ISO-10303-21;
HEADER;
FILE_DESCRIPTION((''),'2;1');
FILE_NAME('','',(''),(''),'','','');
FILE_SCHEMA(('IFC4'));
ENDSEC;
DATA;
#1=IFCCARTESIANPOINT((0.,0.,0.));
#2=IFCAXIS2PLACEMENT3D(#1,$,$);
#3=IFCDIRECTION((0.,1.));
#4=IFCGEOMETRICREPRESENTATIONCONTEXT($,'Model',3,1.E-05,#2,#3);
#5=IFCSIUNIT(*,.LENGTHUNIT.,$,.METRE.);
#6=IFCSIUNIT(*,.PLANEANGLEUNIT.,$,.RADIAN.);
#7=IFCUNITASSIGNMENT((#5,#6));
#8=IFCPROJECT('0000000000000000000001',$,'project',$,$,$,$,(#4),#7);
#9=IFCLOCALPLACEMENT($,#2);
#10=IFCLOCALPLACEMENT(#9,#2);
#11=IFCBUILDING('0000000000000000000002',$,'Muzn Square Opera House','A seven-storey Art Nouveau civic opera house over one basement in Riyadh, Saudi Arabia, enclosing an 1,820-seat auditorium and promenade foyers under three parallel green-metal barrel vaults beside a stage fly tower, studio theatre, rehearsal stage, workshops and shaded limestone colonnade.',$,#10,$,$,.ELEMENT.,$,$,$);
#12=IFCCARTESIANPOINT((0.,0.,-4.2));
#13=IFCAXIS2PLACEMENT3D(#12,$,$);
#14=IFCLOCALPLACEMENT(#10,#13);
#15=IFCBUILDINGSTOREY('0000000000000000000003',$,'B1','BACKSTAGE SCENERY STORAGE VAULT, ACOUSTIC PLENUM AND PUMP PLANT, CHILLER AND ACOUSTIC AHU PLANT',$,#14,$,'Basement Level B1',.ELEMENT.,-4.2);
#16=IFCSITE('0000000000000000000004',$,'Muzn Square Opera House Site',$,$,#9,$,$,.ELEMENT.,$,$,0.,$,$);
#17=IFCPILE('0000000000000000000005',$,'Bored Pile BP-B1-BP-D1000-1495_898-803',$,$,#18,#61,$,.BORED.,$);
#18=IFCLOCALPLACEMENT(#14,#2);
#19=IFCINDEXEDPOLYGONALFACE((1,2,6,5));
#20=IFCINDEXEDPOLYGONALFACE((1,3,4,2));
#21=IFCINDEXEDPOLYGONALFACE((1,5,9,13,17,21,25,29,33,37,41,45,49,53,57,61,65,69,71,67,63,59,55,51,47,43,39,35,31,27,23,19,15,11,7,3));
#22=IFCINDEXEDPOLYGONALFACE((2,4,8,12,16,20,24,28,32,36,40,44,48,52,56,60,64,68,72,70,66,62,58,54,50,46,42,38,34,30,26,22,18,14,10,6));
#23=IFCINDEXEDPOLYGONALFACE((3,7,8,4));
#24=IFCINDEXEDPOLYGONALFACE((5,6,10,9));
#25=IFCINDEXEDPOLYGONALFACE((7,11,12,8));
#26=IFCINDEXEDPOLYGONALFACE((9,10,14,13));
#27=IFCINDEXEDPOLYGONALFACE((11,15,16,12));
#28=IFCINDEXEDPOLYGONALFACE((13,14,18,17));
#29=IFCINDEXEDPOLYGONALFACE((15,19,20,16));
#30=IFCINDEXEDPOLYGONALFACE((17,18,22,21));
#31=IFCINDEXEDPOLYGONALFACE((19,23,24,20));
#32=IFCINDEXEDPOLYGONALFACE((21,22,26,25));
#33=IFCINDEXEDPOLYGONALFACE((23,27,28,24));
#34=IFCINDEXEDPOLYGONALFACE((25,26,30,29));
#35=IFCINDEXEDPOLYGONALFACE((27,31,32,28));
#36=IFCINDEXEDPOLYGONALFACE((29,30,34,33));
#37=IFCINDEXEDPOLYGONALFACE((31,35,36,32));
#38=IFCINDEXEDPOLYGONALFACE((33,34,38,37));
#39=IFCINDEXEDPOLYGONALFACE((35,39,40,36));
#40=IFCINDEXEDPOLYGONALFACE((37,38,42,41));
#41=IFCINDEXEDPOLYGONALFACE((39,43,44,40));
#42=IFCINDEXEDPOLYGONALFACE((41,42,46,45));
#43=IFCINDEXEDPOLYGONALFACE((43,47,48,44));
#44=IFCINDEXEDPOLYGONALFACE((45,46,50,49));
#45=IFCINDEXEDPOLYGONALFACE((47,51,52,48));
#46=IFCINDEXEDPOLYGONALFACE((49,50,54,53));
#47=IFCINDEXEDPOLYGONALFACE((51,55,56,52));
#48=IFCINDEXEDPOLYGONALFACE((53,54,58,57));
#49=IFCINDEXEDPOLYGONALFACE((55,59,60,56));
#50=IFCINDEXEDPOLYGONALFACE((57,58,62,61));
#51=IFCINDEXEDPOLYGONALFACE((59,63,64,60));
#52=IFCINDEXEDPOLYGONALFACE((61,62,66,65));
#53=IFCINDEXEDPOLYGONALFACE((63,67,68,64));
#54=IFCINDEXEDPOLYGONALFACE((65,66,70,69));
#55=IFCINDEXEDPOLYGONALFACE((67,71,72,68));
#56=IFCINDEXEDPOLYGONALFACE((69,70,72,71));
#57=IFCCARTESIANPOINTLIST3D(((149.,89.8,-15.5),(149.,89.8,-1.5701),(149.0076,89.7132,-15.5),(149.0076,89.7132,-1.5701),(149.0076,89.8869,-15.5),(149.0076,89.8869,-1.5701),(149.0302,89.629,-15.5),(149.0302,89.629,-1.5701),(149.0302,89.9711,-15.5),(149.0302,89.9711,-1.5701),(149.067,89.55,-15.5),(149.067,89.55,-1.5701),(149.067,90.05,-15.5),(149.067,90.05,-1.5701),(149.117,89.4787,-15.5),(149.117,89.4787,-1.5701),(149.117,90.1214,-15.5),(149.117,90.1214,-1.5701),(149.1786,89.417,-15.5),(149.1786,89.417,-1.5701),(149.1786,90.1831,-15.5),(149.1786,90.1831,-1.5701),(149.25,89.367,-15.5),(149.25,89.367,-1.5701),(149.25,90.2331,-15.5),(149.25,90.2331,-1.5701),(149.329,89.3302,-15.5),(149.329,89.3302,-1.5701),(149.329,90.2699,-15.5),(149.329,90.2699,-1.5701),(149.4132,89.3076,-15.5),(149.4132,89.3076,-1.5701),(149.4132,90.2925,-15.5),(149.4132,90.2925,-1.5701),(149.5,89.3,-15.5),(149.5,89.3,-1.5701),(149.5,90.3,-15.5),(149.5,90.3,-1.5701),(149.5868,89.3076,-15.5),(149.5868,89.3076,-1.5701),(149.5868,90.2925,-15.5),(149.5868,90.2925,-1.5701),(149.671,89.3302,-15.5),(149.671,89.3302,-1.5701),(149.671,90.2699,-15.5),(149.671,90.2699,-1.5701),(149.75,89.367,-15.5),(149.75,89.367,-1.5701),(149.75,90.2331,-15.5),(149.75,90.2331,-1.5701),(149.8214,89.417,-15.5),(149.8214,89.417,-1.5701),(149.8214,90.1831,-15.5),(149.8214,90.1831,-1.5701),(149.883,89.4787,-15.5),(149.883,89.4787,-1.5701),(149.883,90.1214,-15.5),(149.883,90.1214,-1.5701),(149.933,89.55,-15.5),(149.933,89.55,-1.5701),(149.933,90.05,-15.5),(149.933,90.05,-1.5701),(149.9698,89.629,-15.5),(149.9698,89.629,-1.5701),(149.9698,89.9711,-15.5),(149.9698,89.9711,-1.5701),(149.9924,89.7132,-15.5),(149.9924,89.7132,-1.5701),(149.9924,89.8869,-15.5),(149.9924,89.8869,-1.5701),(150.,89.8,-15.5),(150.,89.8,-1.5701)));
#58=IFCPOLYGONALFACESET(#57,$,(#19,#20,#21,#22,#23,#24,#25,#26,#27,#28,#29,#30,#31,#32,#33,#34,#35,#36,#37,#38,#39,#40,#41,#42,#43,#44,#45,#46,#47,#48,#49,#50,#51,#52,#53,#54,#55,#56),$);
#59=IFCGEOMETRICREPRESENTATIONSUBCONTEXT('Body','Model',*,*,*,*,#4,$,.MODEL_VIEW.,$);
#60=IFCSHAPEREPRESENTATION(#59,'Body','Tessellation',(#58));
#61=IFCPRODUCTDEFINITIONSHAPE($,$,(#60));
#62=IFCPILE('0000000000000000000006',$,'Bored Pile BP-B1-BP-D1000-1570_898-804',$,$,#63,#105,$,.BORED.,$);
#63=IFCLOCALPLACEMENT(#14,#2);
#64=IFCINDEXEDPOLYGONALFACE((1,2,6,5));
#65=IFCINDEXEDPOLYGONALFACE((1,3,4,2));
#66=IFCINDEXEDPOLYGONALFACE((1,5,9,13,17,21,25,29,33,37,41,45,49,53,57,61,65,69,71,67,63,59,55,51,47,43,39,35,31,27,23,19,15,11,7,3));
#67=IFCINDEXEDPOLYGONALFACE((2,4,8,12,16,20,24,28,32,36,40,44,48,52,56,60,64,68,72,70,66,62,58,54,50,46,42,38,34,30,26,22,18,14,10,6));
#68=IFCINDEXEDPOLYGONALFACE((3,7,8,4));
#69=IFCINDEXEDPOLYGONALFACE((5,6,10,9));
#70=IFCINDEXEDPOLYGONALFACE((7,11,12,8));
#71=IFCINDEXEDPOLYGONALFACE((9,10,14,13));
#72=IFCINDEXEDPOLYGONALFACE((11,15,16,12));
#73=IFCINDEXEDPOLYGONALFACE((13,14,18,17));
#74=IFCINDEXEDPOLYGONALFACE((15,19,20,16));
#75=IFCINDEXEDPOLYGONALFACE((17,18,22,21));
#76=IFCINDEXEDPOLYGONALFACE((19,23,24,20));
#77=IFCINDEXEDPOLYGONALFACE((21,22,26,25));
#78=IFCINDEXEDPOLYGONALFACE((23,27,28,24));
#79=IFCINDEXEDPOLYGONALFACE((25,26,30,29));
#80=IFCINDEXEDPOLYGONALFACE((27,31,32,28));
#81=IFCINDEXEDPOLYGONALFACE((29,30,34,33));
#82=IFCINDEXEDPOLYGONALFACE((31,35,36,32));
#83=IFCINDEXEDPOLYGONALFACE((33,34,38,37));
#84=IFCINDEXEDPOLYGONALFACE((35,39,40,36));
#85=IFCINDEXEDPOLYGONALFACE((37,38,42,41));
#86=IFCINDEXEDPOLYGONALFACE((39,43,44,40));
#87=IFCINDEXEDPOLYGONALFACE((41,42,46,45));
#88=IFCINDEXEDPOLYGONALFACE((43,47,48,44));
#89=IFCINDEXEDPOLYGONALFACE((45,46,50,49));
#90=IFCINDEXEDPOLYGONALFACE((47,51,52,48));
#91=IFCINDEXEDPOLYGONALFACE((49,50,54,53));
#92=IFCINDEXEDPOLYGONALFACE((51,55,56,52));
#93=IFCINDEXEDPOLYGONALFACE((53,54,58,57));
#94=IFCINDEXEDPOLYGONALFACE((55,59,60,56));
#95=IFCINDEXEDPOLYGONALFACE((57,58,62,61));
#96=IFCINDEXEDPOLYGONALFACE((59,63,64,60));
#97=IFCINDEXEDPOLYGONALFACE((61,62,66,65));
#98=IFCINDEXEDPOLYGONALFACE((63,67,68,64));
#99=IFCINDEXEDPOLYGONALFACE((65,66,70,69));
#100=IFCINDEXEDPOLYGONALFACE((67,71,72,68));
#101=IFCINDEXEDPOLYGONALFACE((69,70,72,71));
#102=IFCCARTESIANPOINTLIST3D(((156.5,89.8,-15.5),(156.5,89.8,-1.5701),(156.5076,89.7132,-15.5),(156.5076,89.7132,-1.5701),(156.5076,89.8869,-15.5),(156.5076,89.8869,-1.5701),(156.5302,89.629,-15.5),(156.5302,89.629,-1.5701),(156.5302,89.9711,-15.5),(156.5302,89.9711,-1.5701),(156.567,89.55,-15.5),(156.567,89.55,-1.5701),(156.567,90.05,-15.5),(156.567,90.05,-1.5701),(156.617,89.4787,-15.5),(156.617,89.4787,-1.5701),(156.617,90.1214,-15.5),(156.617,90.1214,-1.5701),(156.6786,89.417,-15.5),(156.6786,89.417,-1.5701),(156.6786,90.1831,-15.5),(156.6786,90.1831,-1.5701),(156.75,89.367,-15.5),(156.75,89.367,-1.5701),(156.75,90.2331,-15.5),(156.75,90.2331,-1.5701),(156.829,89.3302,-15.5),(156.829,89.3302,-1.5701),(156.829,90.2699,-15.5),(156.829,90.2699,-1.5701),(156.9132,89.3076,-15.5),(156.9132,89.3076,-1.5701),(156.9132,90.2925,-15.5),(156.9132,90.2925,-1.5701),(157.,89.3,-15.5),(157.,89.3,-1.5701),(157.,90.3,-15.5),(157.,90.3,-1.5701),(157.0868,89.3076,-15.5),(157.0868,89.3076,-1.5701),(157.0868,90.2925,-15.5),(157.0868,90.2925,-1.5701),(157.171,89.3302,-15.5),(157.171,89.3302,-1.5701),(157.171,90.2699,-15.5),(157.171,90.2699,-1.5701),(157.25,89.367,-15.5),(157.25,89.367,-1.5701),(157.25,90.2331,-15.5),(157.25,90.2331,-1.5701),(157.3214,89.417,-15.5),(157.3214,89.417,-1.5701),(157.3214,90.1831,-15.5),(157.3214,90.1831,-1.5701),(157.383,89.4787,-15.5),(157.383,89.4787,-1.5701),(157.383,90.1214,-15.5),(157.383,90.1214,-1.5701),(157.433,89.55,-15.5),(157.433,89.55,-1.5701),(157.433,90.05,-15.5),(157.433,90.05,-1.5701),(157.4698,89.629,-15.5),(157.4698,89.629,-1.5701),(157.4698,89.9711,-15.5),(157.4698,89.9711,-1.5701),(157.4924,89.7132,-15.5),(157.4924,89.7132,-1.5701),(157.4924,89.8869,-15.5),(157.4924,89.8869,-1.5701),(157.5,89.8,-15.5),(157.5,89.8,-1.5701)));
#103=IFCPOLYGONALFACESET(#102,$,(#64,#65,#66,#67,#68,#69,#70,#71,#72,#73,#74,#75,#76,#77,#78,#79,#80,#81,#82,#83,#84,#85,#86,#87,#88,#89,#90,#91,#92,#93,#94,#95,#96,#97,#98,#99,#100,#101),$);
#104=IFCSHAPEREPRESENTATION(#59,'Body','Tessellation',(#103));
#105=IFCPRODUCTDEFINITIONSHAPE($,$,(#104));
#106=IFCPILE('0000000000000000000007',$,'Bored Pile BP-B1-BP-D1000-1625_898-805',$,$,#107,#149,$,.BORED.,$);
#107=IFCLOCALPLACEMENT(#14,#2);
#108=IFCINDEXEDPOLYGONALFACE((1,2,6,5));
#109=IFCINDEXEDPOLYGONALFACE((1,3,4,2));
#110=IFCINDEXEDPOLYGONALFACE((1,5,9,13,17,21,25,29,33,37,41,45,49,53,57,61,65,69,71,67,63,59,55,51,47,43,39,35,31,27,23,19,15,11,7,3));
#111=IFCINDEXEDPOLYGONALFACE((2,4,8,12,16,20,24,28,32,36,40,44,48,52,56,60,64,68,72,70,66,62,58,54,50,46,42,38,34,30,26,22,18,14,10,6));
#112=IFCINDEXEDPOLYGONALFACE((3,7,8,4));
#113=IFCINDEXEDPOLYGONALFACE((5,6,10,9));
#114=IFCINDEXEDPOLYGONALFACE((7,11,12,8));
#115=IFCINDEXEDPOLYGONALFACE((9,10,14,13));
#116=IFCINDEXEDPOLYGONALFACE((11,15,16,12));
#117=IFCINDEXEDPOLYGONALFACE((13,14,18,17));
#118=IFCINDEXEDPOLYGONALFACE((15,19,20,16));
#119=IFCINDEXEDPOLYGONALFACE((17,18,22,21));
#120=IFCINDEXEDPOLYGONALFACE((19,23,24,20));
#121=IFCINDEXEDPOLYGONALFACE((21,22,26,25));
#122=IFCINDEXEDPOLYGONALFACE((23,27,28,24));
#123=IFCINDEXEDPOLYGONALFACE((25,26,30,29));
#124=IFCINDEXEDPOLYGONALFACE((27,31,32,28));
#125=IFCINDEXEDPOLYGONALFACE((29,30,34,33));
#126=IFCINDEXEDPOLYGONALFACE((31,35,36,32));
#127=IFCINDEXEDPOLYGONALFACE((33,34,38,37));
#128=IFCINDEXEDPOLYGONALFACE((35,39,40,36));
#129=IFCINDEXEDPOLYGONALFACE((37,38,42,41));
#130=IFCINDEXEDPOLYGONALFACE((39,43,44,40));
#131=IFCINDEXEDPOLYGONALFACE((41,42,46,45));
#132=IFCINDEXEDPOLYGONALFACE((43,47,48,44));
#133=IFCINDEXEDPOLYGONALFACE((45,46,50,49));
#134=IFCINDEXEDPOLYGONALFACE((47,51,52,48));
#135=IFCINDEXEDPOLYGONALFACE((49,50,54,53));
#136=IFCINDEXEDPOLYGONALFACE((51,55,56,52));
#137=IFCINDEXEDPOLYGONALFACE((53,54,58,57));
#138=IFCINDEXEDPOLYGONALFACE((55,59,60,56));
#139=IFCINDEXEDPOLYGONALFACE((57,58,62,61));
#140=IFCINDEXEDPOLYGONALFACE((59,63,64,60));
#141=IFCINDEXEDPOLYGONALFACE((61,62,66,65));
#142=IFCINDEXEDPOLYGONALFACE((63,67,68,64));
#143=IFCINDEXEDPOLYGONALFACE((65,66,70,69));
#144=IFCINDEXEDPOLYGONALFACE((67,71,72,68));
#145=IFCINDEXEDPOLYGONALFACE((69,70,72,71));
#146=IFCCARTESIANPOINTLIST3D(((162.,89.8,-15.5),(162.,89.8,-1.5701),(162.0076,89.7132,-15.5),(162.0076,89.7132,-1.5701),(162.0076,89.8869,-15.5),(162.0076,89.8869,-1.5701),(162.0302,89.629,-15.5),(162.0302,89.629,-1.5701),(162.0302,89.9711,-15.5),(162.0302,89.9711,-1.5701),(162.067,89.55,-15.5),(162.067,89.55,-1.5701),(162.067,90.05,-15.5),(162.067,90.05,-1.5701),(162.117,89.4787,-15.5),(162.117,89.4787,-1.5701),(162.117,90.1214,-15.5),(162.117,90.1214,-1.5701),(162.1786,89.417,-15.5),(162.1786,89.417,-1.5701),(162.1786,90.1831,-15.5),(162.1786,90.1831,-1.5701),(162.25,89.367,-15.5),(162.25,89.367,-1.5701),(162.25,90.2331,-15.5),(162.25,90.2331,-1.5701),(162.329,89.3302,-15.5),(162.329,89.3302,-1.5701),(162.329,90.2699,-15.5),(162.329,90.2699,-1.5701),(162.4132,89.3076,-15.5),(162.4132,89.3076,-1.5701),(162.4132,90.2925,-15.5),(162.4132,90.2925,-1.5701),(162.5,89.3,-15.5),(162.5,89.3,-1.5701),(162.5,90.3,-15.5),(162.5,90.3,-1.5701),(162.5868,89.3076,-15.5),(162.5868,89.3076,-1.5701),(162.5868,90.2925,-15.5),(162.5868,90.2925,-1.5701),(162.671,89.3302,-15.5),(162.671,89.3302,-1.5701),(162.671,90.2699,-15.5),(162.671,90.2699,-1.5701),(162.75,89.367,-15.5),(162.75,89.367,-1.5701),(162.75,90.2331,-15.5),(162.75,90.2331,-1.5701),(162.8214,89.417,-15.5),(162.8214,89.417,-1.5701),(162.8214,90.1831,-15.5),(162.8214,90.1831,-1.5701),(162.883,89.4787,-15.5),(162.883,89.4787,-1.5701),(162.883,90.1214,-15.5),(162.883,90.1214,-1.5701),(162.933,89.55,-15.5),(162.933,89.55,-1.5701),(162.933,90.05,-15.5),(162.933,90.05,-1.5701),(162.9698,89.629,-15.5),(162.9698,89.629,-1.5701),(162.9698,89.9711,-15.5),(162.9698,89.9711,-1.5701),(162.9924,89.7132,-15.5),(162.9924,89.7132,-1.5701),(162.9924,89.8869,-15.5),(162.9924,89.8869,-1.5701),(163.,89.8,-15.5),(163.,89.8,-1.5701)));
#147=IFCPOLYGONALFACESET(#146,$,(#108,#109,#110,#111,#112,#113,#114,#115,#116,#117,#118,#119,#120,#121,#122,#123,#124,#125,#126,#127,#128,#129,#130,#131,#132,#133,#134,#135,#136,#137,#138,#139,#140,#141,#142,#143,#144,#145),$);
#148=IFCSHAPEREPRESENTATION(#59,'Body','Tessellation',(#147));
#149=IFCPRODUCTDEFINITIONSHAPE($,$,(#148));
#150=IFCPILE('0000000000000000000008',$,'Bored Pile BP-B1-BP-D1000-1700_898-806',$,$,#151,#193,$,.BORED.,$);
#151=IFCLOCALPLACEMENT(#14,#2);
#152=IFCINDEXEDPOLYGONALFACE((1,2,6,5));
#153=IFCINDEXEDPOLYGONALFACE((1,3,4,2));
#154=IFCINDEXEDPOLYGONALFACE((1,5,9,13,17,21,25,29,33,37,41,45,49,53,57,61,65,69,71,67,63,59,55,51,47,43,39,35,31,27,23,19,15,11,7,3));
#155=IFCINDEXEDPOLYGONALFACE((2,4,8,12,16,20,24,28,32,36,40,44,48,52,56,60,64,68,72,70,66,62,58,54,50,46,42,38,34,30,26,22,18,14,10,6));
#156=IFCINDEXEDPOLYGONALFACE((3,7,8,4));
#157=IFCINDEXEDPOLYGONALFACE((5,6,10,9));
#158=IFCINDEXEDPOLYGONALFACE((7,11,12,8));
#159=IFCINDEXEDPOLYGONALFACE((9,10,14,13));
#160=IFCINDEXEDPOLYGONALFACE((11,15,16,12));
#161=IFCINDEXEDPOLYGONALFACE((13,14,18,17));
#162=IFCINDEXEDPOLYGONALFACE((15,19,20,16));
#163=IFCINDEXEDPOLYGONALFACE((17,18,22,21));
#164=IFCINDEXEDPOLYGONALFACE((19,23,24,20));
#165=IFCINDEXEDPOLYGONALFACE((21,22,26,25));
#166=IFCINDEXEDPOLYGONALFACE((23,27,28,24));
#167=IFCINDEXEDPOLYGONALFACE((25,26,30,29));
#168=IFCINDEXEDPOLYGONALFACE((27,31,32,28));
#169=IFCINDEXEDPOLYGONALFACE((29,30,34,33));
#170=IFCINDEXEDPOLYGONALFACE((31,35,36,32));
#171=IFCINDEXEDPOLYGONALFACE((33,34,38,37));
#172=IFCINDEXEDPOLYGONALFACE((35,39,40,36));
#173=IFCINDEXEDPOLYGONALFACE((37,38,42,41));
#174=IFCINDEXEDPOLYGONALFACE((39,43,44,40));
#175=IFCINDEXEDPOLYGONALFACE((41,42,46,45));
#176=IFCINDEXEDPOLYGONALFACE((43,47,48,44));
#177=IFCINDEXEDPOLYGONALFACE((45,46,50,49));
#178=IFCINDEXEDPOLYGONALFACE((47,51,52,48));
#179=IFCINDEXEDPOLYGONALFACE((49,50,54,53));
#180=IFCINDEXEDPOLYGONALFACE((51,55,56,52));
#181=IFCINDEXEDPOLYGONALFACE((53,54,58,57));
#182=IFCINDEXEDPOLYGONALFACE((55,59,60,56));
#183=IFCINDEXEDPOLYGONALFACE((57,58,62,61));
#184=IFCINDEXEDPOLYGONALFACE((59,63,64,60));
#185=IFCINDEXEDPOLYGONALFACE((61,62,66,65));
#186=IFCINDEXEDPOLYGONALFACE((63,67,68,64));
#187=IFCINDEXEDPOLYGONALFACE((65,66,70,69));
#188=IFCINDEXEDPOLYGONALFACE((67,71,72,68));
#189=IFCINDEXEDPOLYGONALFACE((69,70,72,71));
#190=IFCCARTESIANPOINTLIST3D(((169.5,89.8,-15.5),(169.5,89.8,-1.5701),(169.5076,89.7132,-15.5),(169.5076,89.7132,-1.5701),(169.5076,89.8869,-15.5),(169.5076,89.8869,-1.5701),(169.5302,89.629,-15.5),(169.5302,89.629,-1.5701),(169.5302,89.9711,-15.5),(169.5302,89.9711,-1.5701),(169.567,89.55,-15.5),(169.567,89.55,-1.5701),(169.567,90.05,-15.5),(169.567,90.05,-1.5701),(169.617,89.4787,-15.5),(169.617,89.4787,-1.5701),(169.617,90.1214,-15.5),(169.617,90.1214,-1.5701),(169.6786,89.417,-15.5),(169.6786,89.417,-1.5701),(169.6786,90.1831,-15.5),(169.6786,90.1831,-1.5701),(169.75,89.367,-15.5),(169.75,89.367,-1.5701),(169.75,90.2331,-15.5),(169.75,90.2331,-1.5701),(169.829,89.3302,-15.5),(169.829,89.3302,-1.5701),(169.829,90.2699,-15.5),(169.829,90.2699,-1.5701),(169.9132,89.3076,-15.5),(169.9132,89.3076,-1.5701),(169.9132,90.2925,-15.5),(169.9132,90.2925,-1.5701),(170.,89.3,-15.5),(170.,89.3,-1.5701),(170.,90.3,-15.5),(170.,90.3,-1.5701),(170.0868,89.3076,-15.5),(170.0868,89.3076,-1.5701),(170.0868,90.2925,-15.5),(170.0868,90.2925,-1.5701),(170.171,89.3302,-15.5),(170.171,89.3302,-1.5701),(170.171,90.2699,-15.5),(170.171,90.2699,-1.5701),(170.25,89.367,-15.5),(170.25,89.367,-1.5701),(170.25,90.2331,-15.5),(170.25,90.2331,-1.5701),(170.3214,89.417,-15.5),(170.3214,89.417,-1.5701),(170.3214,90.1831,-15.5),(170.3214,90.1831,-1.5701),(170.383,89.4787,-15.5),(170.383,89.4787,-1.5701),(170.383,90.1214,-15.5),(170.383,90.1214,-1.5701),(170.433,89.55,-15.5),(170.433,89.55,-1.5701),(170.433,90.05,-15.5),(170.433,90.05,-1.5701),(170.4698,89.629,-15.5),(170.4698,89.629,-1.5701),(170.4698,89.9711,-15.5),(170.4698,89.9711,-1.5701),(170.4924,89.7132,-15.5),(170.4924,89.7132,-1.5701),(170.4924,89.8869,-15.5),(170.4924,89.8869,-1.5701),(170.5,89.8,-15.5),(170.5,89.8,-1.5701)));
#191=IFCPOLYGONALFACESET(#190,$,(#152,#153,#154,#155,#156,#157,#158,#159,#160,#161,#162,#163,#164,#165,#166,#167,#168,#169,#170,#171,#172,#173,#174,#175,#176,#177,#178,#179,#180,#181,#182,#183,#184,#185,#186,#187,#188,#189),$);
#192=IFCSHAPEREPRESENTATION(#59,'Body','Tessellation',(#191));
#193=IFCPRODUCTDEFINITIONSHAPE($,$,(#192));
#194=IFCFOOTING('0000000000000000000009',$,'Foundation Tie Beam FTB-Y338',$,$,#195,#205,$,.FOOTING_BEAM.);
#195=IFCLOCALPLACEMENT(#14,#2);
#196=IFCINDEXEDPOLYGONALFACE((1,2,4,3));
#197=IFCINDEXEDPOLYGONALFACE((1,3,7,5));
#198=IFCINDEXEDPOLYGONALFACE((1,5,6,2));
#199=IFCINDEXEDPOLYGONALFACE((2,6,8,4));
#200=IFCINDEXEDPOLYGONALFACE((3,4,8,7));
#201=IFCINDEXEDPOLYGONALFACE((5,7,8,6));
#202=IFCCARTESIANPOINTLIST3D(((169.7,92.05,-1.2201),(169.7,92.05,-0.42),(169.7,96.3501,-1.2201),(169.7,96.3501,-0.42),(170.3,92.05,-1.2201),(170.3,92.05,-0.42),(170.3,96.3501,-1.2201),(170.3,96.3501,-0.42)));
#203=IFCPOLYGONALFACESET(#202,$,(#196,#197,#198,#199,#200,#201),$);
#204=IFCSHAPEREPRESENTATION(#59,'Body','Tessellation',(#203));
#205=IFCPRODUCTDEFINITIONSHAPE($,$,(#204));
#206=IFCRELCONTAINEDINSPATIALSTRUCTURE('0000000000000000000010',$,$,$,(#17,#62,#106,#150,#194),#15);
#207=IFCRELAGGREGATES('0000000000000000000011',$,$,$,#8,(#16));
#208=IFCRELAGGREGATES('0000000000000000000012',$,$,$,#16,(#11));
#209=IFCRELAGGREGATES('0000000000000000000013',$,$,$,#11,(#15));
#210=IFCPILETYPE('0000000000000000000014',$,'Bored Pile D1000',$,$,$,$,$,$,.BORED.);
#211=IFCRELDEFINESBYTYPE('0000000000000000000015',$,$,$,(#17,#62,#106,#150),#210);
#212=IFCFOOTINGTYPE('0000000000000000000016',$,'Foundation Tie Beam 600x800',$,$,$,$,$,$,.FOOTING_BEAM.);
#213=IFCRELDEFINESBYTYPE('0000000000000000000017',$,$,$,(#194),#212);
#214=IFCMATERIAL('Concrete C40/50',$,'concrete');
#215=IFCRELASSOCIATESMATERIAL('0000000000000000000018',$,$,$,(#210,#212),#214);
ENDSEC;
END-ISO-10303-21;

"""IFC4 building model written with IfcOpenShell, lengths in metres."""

from ifc_helpers import new_model, si_unit, direction, frame, origin, origin_2d, place, context, subcontext, project, spatial, rectangle, circle, extrude, material, material_profile, profile_set, type_object, element, save


model = new_model("IFC4")

# Units and contexts
model_context = context("Model", 3, precision=1e-05, world=origin(), true_north=direction((0.0, 1.0)))
body_context = subcontext(model_context, "Body", "Model", "MODEL_VIEW")
ifc_project = project(units=[si_unit("LENGTHUNIT", "METRE"), si_unit("PLANEANGLEUNIT", "RADIAN")], contexts=[model_context])

# Site, building, storey
site_placement = place(None, origin())
site = spatial("IfcSite", under=ifc_project, at=site_placement, Name="Muzn Square Opera House Site", CompositionType="ELEMENT", RefElevation=0.0)
building_placement = place(site_placement, origin())
building = spatial("IfcBuilding", under=site, at=building_placement, Name="Muzn Square Opera House", Description="A seven-storey Art Nouveau civic opera house over one basement in Riyadh, Saudi Arabia, enclosing an 1,820-seat auditorium and promenade foyers under three parallel green-metal barrel vaults beside a stage fly tower, studio theatre, rehearsal stage, workshops and shaded limestone colonnade.", CompositionType="ELEMENT")
storey_placement = place(building_placement, frame((0.0, 0.0, -4.2)))
storey = spatial("IfcBuildingStorey", under=building, at=storey_placement, Name="B1", Description="BACKSTAGE SCENERY STORAGE VAULT, ACOUSTIC PLENUM AND PUMP PLANT, CHILLER AND ACOUSTIC AHU PLANT", LongName="Basement Level B1", CompositionType="ELEMENT", Elevation=-4.2)

# Piles
ifc_material_1 = material(Name="Concrete C40/50", Category="concrete")
ifc_material_profile_1 = material_profile(ifc_material_1, circle(Radius=0.5, at=origin_2d()), Name="BORED PILE D1000", Category="concrete")
ifc_profile_set_1 = profile_set([ifc_material_profile_1], Name="Concrete C40/50")
pile_type = type_object("IfcPileType", Name="Bored Pile D1000", PredefinedType="BORED", material=ifc_profile_set_1)
for number, where, z_axis, x_axis, name in (
    (1, (149.5, 89.8, -1.5701), (0.0, 0.0, -1.0), (1.0, 0.0, 0.0), "Bored Pile BP-B1-BP-D1000-1495_898-803"),
    (2, (157.0, 89.8, -1.5701), (0.0, 0.0, -1.0), (1.0, 0.0, 0.0), "Bored Pile BP-B1-BP-D1000-1570_898-804"),
    (3, (162.5, 89.8, -1.5701), (0.0, 0.0, -1.0), (1.0, 0.0, 0.0), "Bored Pile BP-B1-BP-D1000-1625_898-805"),
    (4, (170.0, 89.8, -1.5701), (0.0, 0.0, -1.0), (1.0, 0.0, 0.0), "Bored Pile BP-B1-BP-D1000-1700_898-806"),
):
    element("IfcPile", number, at=place(storey_placement, frame(where, z_axis=z_axis, x_axis=x_axis)), inside=storey, type_object=pile_type, Name=name, PredefinedType="BORED", context=body_context, shape_type="SweptSolid", body=[
        extrude(circle(Radius=0.5, at=origin_2d()), origin(), (0.0, 0.0, 1.0), 13.9299),
    ])

# Footing
ifc_material_profile_2 = material_profile(ifc_material_1, rectangle(XDim=0.6001, YDim=0.8, at=origin_2d()), Name="RCTB 600x800", Category="concrete")
ifc_profile_set_2 = profile_set([ifc_material_profile_2], Name="Concrete C40/50")
footing_type_1 = type_object("IfcFootingType", Name="Foundation Tie Beam 600x800", PredefinedType="FOOTING_BEAM", material=ifc_profile_set_2)
footing_1_placement = place(storey_placement, frame((170.0, 92.05, -0.8201), z_axis=(0.0, 1.0, 0.0), x_axis=(-1.0, 0.0, 0.0)))
element("IfcFooting", 5, at=footing_1_placement, inside=storey, type_object=footing_type_1, Name="Foundation Tie Beam FTB-Y338", PredefinedType="FOOTING_BEAM", context=body_context, shape_type="SweptSolid", body=[
    extrude(rectangle(XDim=0.6001, YDim=0.8, at=origin_2d()), origin(), (0.0, 0.0, 1.0), 4.3),
])

save(model, "model.ifc")
